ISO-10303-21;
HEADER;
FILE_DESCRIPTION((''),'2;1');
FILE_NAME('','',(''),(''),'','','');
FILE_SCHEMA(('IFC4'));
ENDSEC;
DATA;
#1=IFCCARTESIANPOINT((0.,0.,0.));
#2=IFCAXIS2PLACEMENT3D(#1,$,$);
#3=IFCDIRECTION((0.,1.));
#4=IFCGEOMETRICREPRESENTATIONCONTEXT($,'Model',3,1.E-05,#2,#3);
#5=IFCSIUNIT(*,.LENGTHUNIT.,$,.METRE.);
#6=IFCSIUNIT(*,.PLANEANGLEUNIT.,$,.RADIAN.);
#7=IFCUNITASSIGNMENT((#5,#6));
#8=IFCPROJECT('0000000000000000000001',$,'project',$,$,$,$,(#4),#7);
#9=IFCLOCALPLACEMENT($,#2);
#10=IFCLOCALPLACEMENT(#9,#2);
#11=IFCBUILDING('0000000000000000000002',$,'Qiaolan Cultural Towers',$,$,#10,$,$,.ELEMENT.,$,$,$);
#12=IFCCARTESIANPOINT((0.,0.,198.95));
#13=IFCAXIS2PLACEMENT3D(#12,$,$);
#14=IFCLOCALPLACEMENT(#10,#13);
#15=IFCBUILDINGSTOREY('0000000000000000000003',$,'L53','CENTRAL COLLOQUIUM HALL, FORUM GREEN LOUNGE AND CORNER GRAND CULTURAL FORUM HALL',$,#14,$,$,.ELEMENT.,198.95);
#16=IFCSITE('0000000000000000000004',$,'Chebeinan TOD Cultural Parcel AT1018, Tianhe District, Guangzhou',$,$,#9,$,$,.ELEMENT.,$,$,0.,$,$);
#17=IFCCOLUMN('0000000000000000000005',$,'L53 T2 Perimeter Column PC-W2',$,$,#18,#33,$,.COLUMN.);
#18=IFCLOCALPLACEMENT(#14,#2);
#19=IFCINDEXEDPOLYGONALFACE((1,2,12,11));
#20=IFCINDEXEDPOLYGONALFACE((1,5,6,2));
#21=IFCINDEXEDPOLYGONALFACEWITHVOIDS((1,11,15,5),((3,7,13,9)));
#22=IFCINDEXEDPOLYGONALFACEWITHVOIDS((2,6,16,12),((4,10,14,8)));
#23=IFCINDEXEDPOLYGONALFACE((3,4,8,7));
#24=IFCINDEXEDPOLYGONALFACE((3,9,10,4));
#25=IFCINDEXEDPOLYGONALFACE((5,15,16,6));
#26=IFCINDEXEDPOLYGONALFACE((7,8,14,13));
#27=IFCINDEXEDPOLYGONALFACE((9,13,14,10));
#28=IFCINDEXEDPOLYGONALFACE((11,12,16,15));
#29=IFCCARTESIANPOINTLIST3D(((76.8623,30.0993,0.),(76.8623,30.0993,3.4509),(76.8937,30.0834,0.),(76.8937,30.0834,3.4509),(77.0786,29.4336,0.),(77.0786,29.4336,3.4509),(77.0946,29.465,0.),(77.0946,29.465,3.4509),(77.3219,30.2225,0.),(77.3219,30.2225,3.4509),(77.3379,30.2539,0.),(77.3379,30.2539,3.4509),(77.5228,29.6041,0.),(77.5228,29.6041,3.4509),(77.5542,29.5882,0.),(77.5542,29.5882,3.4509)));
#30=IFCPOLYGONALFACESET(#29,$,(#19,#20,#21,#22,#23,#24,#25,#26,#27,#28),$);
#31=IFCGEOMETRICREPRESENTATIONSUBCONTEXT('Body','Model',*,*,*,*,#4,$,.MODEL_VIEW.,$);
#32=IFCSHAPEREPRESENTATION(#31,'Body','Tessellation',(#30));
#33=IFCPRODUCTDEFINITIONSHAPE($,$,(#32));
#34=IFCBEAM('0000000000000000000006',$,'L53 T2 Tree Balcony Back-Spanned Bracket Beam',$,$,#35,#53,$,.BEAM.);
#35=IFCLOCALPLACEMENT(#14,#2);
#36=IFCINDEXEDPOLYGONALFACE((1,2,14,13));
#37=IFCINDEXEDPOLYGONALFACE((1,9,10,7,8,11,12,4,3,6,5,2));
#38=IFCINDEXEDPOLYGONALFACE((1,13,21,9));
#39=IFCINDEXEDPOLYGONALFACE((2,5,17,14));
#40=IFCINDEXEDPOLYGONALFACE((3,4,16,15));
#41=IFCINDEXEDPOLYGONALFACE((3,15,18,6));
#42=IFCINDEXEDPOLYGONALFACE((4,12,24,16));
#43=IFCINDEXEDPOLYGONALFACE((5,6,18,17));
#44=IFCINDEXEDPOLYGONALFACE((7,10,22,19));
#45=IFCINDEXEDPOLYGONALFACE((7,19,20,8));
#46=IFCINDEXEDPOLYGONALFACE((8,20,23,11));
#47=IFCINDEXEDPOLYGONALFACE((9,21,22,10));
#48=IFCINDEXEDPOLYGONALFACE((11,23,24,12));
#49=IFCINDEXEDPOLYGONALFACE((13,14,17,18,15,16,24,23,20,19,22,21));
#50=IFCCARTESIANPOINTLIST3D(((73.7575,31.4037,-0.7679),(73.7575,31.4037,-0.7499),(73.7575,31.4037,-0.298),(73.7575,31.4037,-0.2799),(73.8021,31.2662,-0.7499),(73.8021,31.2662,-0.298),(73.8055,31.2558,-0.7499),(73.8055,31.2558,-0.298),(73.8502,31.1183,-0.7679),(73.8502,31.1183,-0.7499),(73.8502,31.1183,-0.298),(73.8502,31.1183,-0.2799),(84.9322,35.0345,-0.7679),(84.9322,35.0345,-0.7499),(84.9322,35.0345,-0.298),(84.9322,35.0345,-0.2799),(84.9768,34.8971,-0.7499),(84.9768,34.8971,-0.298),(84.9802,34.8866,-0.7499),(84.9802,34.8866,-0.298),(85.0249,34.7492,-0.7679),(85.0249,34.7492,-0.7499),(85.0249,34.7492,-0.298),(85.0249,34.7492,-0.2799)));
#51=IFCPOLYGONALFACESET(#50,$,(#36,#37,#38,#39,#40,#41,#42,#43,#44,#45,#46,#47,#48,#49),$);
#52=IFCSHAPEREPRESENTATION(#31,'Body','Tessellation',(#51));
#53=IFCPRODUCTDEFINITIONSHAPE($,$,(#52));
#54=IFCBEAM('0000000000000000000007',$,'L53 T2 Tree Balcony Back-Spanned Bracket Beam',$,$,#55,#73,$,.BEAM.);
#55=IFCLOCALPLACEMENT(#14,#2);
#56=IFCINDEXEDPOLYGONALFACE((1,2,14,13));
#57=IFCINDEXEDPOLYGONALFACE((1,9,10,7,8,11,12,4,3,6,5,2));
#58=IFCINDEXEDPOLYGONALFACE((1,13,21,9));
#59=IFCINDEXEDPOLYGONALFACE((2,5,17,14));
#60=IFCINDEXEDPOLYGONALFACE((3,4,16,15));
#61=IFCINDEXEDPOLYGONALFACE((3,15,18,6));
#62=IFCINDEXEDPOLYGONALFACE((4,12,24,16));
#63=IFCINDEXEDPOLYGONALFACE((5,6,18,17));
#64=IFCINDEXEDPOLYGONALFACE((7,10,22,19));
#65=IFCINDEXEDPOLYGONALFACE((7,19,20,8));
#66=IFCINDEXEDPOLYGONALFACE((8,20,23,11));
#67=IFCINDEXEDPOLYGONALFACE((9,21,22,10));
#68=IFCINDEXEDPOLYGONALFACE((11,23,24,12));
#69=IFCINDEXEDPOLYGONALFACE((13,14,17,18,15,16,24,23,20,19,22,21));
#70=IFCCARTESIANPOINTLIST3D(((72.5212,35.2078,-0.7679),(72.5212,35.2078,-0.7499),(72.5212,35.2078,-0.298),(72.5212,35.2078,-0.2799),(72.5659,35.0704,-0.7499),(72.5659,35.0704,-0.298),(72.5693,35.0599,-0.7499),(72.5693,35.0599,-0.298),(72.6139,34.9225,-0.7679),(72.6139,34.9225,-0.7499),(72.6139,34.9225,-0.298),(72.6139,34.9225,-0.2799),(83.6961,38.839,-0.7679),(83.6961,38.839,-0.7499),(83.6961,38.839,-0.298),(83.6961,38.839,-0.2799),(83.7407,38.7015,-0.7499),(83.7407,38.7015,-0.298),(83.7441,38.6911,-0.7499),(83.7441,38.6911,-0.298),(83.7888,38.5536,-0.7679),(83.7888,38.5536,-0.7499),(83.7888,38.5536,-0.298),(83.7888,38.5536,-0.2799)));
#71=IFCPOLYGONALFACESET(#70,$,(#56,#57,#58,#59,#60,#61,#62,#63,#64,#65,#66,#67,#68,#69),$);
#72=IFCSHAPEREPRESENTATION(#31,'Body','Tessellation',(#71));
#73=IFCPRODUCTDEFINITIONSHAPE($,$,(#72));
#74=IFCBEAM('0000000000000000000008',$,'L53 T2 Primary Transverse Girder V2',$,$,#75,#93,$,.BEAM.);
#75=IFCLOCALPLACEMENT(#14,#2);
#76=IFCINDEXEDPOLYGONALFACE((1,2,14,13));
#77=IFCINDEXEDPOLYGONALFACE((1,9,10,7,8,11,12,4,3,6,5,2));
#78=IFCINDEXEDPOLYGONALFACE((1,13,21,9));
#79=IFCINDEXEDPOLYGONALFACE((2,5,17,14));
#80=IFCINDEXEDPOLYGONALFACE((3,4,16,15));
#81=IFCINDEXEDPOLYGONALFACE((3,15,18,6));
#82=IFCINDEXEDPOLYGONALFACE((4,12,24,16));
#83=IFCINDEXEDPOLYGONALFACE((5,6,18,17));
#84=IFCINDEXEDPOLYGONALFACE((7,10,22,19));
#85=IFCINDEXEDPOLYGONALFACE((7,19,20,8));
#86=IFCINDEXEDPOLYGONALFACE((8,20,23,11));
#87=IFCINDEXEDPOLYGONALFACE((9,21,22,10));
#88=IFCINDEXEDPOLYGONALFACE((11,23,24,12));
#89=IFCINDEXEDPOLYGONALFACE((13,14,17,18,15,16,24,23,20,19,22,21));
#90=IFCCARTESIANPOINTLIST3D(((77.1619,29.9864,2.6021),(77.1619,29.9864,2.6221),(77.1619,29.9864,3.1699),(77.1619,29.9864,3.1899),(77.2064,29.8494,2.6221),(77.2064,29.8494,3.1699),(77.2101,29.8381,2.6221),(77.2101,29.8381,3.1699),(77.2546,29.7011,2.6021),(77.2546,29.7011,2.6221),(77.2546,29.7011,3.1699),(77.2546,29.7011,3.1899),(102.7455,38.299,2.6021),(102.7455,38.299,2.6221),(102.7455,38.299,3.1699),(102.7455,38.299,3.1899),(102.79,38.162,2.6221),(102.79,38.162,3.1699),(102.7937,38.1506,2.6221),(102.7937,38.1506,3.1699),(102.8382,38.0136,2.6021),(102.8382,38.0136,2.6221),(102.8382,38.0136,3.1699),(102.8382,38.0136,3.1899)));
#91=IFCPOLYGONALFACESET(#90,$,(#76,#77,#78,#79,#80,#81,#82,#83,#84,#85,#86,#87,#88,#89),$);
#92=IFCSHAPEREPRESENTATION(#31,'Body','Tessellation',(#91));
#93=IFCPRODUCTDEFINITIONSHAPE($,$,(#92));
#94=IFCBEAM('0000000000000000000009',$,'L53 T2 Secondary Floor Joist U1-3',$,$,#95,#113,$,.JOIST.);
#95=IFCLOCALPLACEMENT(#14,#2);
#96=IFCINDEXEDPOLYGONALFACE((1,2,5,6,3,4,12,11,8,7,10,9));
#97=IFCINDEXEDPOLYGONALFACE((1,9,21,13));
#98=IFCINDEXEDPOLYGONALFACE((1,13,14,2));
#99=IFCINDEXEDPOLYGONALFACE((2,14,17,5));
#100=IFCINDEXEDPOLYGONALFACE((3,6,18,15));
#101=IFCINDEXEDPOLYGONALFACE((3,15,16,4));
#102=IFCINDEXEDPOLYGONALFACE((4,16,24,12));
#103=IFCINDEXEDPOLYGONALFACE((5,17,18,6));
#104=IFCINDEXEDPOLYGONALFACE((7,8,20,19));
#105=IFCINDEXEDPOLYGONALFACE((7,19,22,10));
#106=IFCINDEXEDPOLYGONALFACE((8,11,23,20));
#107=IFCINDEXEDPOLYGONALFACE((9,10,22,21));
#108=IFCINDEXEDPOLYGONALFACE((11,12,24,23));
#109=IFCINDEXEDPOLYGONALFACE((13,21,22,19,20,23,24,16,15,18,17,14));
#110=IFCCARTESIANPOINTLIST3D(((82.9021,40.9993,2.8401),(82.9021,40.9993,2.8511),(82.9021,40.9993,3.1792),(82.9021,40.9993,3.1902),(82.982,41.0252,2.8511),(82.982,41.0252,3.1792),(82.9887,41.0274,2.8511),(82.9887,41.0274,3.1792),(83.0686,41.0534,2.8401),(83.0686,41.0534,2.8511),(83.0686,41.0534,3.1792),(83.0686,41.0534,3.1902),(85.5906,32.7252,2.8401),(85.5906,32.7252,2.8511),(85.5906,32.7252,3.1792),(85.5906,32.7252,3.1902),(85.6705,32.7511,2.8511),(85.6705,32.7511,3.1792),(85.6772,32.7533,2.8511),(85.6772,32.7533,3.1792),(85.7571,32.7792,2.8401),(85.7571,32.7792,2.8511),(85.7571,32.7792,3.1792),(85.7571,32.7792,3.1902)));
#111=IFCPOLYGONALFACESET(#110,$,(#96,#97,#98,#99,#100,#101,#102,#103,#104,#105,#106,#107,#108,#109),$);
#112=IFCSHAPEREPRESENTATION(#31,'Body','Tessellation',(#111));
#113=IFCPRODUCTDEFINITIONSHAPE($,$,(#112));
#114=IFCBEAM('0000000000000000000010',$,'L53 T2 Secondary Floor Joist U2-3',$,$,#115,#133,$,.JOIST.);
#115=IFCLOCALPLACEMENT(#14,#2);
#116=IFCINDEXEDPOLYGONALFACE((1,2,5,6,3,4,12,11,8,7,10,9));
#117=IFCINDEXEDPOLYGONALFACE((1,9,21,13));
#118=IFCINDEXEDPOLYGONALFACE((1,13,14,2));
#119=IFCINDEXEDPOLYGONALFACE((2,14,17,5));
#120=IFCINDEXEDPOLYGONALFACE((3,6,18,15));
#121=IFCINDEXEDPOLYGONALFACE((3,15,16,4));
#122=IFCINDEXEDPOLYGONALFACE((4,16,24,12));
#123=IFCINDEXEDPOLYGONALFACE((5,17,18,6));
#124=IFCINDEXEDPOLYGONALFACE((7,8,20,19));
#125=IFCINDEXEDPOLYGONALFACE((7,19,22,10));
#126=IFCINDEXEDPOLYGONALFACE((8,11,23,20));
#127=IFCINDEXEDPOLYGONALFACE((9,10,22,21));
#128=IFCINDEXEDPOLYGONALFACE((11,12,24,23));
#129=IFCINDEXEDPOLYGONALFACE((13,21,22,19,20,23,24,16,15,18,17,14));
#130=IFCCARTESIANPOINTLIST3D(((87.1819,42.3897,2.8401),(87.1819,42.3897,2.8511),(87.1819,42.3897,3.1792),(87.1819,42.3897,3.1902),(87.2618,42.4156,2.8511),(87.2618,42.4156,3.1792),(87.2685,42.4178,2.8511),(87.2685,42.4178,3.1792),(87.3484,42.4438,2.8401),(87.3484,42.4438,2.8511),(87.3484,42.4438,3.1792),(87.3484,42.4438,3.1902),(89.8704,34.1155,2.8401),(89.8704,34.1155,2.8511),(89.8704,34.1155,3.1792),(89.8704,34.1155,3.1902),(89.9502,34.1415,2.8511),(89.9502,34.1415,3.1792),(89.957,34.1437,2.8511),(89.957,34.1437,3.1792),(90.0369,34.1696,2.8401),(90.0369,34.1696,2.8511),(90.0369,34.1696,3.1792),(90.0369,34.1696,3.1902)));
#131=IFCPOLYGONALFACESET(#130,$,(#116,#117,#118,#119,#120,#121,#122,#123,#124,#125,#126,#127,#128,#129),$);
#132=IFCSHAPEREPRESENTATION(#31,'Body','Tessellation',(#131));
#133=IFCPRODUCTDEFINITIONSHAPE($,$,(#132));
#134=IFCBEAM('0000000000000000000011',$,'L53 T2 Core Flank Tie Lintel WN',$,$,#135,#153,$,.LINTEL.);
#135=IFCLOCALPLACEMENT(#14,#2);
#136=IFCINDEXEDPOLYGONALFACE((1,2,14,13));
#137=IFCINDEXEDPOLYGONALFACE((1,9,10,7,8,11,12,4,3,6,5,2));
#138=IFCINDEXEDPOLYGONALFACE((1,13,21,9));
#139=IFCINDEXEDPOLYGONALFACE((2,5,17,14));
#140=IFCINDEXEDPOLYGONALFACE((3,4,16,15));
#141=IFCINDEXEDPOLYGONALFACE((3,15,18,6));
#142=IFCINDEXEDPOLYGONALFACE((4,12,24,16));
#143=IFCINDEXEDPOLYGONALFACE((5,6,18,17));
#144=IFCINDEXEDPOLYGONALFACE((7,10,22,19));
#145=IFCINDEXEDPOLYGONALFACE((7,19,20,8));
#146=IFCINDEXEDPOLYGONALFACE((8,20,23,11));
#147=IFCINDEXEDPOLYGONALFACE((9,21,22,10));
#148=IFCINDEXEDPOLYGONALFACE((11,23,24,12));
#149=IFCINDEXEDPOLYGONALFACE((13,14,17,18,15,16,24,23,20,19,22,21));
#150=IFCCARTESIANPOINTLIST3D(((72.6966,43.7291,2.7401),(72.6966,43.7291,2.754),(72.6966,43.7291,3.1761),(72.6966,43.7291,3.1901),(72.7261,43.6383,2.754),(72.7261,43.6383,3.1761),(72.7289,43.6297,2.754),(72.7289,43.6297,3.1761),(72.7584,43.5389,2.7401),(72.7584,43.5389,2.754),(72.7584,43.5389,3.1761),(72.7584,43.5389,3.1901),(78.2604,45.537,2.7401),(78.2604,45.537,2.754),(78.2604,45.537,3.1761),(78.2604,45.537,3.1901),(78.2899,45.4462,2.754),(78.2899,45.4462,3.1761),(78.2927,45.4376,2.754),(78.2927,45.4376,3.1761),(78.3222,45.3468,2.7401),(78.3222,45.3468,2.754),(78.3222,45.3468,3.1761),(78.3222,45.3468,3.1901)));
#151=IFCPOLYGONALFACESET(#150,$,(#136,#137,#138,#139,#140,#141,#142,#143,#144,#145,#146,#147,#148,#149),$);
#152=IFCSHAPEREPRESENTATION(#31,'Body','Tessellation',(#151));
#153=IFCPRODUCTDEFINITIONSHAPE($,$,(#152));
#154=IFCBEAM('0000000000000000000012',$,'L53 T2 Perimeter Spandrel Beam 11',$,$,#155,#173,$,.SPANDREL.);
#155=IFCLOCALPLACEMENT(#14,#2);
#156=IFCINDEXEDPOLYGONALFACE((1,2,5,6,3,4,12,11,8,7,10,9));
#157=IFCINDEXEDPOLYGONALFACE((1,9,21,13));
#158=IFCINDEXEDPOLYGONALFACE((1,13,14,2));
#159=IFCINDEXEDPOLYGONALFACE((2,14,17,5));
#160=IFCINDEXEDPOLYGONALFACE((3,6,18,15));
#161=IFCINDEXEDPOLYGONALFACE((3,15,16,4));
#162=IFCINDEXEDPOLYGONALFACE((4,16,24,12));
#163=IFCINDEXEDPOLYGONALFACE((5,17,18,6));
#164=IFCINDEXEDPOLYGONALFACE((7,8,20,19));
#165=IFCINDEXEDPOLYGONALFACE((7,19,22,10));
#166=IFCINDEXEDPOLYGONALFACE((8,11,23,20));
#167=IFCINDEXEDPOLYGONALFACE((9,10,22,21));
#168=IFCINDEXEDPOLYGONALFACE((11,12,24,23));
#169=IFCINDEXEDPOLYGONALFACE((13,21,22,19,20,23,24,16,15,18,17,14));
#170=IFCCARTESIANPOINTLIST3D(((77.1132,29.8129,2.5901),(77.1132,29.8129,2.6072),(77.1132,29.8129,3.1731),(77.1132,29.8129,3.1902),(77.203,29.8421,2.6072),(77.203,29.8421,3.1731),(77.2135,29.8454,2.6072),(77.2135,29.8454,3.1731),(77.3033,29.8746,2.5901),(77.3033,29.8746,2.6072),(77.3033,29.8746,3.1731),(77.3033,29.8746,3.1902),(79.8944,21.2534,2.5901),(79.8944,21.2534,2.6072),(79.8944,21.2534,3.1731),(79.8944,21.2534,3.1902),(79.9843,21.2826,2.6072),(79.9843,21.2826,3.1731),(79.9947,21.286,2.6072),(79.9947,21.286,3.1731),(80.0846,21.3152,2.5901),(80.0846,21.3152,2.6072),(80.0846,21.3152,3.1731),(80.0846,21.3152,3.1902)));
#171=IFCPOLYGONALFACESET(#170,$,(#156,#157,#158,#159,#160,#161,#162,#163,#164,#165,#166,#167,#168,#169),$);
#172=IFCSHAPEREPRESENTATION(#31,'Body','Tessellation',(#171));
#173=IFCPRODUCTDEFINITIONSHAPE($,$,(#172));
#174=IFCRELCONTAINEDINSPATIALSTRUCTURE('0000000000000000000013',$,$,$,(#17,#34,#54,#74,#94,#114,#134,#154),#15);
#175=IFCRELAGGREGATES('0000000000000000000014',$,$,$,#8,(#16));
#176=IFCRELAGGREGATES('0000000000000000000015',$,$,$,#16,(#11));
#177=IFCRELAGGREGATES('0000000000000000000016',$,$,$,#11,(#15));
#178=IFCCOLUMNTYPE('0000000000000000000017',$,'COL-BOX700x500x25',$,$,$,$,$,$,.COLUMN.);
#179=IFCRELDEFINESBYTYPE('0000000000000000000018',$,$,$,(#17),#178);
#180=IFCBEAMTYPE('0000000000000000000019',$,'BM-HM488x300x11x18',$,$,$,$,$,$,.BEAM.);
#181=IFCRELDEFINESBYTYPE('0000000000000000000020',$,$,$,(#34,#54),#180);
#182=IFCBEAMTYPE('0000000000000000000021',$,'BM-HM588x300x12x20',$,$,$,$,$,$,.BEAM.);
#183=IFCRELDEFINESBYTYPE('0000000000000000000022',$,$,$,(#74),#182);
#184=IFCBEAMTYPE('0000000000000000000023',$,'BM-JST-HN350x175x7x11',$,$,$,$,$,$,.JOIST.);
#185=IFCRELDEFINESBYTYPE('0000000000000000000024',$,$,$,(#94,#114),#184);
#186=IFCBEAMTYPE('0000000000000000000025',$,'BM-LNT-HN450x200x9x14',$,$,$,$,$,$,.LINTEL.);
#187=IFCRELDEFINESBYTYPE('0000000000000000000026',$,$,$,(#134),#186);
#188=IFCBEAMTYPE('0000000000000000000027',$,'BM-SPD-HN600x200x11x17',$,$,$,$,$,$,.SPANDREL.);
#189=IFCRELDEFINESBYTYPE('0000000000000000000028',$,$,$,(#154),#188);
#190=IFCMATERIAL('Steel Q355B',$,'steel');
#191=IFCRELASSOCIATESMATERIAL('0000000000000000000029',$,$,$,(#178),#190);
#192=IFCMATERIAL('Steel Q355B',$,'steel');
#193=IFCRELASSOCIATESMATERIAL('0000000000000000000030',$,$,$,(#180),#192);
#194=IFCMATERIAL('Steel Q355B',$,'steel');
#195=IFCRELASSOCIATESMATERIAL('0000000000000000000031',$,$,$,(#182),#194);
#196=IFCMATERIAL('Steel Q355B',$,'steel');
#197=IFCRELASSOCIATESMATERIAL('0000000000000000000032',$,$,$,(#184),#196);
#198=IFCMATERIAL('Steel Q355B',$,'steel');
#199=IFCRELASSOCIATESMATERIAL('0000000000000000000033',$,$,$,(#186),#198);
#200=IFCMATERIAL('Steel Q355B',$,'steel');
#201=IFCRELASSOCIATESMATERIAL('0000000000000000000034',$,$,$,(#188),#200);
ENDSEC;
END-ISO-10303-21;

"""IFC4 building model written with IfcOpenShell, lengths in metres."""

from ifc_helpers import new_model, si_unit, direction, frame, origin, origin_2d, place, context, subcontext, project, spatial, hollow_rectangle, i_section, extrude, material, material_profile, profile_set, type_object, element, save


model = new_model("IFC4")

# Units and contexts
model_context = context("Model", 3, precision=1e-05, world=origin(), true_north=direction((0.0, 1.0)))
body_context = subcontext(model_context, "Body", "Model", "MODEL_VIEW")
ifc_project = project(units=[si_unit("LENGTHUNIT", "METRE"), si_unit("PLANEANGLEUNIT", "RADIAN")], contexts=[model_context])

# Site, building, storey
site_placement = place(None, origin())
site = spatial("IfcSite", under=ifc_project, at=site_placement, Name="Chebeinan TOD Cultural Parcel AT1018, Tianhe District, Guangzhou", CompositionType="ELEMENT", RefElevation=0.0)
building_placement = place(site_placement, origin())
building = spatial("IfcBuilding", under=site, at=building_placement, Name="Qiaolan Cultural Towers", CompositionType="ELEMENT")
storey_placement = place(building_placement, frame((0.0, 0.0, 198.95)))
storey = spatial("IfcBuildingStorey", under=building, at=storey_placement, Name="L53", Description="CENTRAL COLLOQUIUM HALL, FORUM GREEN LOUNGE AND CORNER GRAND CULTURAL FORUM HALL", CompositionType="ELEMENT", Elevation=198.95)

# Column
ifc_material_1 = material(Name="Steel Q355B", Category="steel")
ifc_material_profile_1 = material_profile(ifc_material_1, hollow_rectangle(XDim=0.5, YDim=0.7, WallThickness=0.0249, at=origin_2d()), Name="BOX700x500x25")
ifc_profile_set_1 = profile_set([ifc_material_profile_1], Name="Steel Q355B")
column_type = type_object("IfcColumnType", Name="COL-BOX700x500x25", PredefinedType="COLUMN", material=ifc_profile_set_1)
column_placement = place(storey_placement, frame((77.2083, 29.8438, 0.0), z_axis=(0.0, 0.0, 1.0), x_axis=(0.951057, 0.309017, 0.0)))
element("IfcColumn", 1, at=column_placement, inside=storey, type_object=column_type, Name="L53 T2 Perimeter Column PC-W2", PredefinedType="COLUMN", context=body_context, shape_type="SweptSolid", body=[
    extrude(hollow_rectangle(XDim=0.5, YDim=0.7, WallThickness=0.0249, at=origin_2d()), origin(), (0.0, 0.0, 1.0), 3.4509),
])

# Beams
ifc_material_2 = material(Name="Steel Q355B", Category="steel")
ifc_material_profile_2 = material_profile(ifc_material_2, i_section(OverallWidth=0.3, OverallDepth=0.488, WebThickness=0.011, FlangeThickness=0.0181, at=origin_2d()), Name="HM488x300x11x18")
ifc_profile_set_2 = profile_set([ifc_material_profile_2], Name="Steel Q355B")
beam_type_1 = type_object("IfcBeamType", Name="BM-HM488x300x11x18", PredefinedType="BEAM", material=ifc_profile_set_2)
beam_1_placement = place(storey_placement, frame((84.9785, 34.8918, -0.5239), z_axis=(-0.951058, -0.309013, 0.0), x_axis=(0.309013, -0.951058, 0.0)))
element("IfcBeam", 2, at=beam_1_placement, inside=storey, type_object=beam_type_1, Name="L53 T2 Tree Balcony Back-Spanned Bracket Beam", PredefinedType="BEAM", context=body_context, shape_type="SweptSolid", body=[
    extrude(i_section(OverallWidth=0.3, OverallDepth=0.488, WebThickness=0.011, FlangeThickness=0.0181, at=origin_2d()), origin(), (0.0, 0.0, 1.0), 11.7498),
])
beam_2_placement = place(storey_placement, frame((83.7424, 38.6963, -0.5239), z_axis=(-0.951052, -0.309032, 0.0), x_axis=(0.309032, -0.951052, 0.0)))
element("IfcBeam", 3, at=beam_2_placement, inside=storey, type_object=beam_type_1, Name="L53 T2 Tree Balcony Back-Spanned Bracket Beam", PredefinedType="BEAM", context=body_context, shape_type="SweptSolid", body=[
    extrude(i_section(OverallWidth=0.3, OverallDepth=0.488, WebThickness=0.011, FlangeThickness=0.0181, at=origin_2d()), origin(), (0.0, 0.0, 1.0), 11.75),
])
ifc_material_3 = material(Name="Steel Q355B", Category="steel")
ifc_material_profile_3 = material_profile(ifc_material_3, i_section(OverallWidth=0.3, OverallDepth=0.5879, WebThickness=0.012, FlangeThickness=0.02, at=origin_2d()), Name="HM588x300x12x20")
ifc_profile_set_3 = profile_set([ifc_material_profile_3], Name="Steel Q355B")
beam_type_2 = type_object("IfcBeamType", Name="BM-HM588x300x12x20", PredefinedType="BEAM", material=ifc_profile_set_3)
beam_3_placement = place(storey_placement, frame((77.2083, 29.8438, 2.896), z_axis=(0.951057, 0.309014, 0.0), x_axis=(-0.309014, 0.951057, 0.0)))
element("IfcBeam", 4, at=beam_3_placement, inside=storey, type_object=beam_type_2, Name="L53 T2 Primary Transverse Girder V2", PredefinedType="BEAM", context=body_context, shape_type="SweptSolid", body=[
    extrude(i_section(OverallWidth=0.3, OverallDepth=0.5879, WebThickness=0.012, FlangeThickness=0.02, at=origin_2d()), origin(), (0.0, 0.0, 1.0), 26.9001),
])
ifc_material_4 = material(Name="Steel Q355B", Category="steel")
ifc_material_profile_4 = material_profile(ifc_material_4, i_section(OverallWidth=0.175, OverallDepth=0.3501, WebThickness=0.0071, FlangeThickness=0.011, at=origin_2d()), Name="HN350x175x7x11")
ifc_profile_set_4 = profile_set([ifc_material_profile_4], Name="Steel Q355B")
beam_type_3 = type_object("IfcBeamType", Name="BM-JST-HN350x175x7x11", PredefinedType="JOIST", material=ifc_profile_set_4)
for number, where, z_axis, x_axis, name in (
    (5, (85.6738, 32.7522, 3.0151), (-0.309021, 0.951055, 0.0), (-0.951055, -0.309021, 0.0), "L53 T2 Secondary Floor Joist U1-3"),
    (6, (89.9536, 34.1426, 3.0151), (-0.309021, 0.951055, 0.0), (-0.951055, -0.309021, 0.0), "L53 T2 Secondary Floor Joist U2-3"),
):
    element("IfcBeam", number, at=place(storey_placement, frame(where, z_axis=z_axis, x_axis=x_axis)), inside=storey, type_object=beam_type_3, Name=name, PredefinedType="JOIST", context=body_context, shape_type="SweptSolid", body=[
        extrude(i_section(OverallWidth=0.175, OverallDepth=0.3501, WebThickness=0.0071, FlangeThickness=0.011, at=origin_2d()), origin(), (0.0, 0.0, 1.0), 8.7),
    ])
ifc_material_5 = material(Name="Steel Q355B", Category="steel")
ifc_material_profile_5 = material_profile(ifc_material_5, i_section(OverallWidth=0.2, OverallDepth=0.45, WebThickness=0.009, FlangeThickness=0.0139, at=origin_2d()), Name="HN450x200x9x14")
ifc_profile_set_5 = profile_set([ifc_material_profile_5], Name="Steel Q355B")
beam_type_4 = type_object("IfcBeamType", Name="BM-LNT-HN450x200x9x14", PredefinedType="LINTEL", material=ifc_profile_set_5)
beam_4_placement = place(storey_placement, frame((78.2913, 45.4419, 2.9651), z_axis=(-0.951052, -0.309032, 0.0), x_axis=(0.309032, -0.951052, 0.0)))
element("IfcBeam", 7, at=beam_4_placement, inside=storey, type_object=beam_type_4, Name="L53 T2 Core Flank Tie Lintel WN", PredefinedType="LINTEL", context=body_context, shape_type="SweptSolid", body=[
    extrude(i_section(OverallWidth=0.2, OverallDepth=0.45, WebThickness=0.009, FlangeThickness=0.0139, at=origin_2d()), origin(), (0.0, 0.0, 1.0), 5.8501),
])
ifc_material_6 = material(Name="Steel Q355B", Category="steel")
ifc_material_profile_6 = material_profile(ifc_material_6, i_section(OverallWidth=0.2, OverallDepth=0.6001, WebThickness=0.011, FlangeThickness=0.0171, at=origin_2d()), Name="HN600x200x11x17")
ifc_profile_set_6 = profile_set([ifc_material_profile_6], Name="Steel Q355B")
beam_type_5 = type_object("IfcBeamType", Name="BM-SPD-HN600x200x11x17", PredefinedType="SPANDREL", material=ifc_profile_set_6)
beam_5_placement = place(storey_placement, frame((77.2083, 29.8438, 2.8901), z_axis=(0.309025, -0.951054, 0.0), x_axis=(0.951054, 0.309025, 0.0)))
element("IfcBeam", 8, at=beam_5_placement, inside=storey, type_object=beam_type_5, Name="L53 T2 Perimeter Spandrel Beam 11", PredefinedType="SPANDREL", context=body_context, shape_type="SweptSolid", body=[
    extrude(i_section(OverallWidth=0.2, OverallDepth=0.6001, WebThickness=0.011, FlangeThickness=0.0171, at=origin_2d()), origin(), (0.0, 0.0, 1.0), 9.0),
])

save(model, "model.ifc")
